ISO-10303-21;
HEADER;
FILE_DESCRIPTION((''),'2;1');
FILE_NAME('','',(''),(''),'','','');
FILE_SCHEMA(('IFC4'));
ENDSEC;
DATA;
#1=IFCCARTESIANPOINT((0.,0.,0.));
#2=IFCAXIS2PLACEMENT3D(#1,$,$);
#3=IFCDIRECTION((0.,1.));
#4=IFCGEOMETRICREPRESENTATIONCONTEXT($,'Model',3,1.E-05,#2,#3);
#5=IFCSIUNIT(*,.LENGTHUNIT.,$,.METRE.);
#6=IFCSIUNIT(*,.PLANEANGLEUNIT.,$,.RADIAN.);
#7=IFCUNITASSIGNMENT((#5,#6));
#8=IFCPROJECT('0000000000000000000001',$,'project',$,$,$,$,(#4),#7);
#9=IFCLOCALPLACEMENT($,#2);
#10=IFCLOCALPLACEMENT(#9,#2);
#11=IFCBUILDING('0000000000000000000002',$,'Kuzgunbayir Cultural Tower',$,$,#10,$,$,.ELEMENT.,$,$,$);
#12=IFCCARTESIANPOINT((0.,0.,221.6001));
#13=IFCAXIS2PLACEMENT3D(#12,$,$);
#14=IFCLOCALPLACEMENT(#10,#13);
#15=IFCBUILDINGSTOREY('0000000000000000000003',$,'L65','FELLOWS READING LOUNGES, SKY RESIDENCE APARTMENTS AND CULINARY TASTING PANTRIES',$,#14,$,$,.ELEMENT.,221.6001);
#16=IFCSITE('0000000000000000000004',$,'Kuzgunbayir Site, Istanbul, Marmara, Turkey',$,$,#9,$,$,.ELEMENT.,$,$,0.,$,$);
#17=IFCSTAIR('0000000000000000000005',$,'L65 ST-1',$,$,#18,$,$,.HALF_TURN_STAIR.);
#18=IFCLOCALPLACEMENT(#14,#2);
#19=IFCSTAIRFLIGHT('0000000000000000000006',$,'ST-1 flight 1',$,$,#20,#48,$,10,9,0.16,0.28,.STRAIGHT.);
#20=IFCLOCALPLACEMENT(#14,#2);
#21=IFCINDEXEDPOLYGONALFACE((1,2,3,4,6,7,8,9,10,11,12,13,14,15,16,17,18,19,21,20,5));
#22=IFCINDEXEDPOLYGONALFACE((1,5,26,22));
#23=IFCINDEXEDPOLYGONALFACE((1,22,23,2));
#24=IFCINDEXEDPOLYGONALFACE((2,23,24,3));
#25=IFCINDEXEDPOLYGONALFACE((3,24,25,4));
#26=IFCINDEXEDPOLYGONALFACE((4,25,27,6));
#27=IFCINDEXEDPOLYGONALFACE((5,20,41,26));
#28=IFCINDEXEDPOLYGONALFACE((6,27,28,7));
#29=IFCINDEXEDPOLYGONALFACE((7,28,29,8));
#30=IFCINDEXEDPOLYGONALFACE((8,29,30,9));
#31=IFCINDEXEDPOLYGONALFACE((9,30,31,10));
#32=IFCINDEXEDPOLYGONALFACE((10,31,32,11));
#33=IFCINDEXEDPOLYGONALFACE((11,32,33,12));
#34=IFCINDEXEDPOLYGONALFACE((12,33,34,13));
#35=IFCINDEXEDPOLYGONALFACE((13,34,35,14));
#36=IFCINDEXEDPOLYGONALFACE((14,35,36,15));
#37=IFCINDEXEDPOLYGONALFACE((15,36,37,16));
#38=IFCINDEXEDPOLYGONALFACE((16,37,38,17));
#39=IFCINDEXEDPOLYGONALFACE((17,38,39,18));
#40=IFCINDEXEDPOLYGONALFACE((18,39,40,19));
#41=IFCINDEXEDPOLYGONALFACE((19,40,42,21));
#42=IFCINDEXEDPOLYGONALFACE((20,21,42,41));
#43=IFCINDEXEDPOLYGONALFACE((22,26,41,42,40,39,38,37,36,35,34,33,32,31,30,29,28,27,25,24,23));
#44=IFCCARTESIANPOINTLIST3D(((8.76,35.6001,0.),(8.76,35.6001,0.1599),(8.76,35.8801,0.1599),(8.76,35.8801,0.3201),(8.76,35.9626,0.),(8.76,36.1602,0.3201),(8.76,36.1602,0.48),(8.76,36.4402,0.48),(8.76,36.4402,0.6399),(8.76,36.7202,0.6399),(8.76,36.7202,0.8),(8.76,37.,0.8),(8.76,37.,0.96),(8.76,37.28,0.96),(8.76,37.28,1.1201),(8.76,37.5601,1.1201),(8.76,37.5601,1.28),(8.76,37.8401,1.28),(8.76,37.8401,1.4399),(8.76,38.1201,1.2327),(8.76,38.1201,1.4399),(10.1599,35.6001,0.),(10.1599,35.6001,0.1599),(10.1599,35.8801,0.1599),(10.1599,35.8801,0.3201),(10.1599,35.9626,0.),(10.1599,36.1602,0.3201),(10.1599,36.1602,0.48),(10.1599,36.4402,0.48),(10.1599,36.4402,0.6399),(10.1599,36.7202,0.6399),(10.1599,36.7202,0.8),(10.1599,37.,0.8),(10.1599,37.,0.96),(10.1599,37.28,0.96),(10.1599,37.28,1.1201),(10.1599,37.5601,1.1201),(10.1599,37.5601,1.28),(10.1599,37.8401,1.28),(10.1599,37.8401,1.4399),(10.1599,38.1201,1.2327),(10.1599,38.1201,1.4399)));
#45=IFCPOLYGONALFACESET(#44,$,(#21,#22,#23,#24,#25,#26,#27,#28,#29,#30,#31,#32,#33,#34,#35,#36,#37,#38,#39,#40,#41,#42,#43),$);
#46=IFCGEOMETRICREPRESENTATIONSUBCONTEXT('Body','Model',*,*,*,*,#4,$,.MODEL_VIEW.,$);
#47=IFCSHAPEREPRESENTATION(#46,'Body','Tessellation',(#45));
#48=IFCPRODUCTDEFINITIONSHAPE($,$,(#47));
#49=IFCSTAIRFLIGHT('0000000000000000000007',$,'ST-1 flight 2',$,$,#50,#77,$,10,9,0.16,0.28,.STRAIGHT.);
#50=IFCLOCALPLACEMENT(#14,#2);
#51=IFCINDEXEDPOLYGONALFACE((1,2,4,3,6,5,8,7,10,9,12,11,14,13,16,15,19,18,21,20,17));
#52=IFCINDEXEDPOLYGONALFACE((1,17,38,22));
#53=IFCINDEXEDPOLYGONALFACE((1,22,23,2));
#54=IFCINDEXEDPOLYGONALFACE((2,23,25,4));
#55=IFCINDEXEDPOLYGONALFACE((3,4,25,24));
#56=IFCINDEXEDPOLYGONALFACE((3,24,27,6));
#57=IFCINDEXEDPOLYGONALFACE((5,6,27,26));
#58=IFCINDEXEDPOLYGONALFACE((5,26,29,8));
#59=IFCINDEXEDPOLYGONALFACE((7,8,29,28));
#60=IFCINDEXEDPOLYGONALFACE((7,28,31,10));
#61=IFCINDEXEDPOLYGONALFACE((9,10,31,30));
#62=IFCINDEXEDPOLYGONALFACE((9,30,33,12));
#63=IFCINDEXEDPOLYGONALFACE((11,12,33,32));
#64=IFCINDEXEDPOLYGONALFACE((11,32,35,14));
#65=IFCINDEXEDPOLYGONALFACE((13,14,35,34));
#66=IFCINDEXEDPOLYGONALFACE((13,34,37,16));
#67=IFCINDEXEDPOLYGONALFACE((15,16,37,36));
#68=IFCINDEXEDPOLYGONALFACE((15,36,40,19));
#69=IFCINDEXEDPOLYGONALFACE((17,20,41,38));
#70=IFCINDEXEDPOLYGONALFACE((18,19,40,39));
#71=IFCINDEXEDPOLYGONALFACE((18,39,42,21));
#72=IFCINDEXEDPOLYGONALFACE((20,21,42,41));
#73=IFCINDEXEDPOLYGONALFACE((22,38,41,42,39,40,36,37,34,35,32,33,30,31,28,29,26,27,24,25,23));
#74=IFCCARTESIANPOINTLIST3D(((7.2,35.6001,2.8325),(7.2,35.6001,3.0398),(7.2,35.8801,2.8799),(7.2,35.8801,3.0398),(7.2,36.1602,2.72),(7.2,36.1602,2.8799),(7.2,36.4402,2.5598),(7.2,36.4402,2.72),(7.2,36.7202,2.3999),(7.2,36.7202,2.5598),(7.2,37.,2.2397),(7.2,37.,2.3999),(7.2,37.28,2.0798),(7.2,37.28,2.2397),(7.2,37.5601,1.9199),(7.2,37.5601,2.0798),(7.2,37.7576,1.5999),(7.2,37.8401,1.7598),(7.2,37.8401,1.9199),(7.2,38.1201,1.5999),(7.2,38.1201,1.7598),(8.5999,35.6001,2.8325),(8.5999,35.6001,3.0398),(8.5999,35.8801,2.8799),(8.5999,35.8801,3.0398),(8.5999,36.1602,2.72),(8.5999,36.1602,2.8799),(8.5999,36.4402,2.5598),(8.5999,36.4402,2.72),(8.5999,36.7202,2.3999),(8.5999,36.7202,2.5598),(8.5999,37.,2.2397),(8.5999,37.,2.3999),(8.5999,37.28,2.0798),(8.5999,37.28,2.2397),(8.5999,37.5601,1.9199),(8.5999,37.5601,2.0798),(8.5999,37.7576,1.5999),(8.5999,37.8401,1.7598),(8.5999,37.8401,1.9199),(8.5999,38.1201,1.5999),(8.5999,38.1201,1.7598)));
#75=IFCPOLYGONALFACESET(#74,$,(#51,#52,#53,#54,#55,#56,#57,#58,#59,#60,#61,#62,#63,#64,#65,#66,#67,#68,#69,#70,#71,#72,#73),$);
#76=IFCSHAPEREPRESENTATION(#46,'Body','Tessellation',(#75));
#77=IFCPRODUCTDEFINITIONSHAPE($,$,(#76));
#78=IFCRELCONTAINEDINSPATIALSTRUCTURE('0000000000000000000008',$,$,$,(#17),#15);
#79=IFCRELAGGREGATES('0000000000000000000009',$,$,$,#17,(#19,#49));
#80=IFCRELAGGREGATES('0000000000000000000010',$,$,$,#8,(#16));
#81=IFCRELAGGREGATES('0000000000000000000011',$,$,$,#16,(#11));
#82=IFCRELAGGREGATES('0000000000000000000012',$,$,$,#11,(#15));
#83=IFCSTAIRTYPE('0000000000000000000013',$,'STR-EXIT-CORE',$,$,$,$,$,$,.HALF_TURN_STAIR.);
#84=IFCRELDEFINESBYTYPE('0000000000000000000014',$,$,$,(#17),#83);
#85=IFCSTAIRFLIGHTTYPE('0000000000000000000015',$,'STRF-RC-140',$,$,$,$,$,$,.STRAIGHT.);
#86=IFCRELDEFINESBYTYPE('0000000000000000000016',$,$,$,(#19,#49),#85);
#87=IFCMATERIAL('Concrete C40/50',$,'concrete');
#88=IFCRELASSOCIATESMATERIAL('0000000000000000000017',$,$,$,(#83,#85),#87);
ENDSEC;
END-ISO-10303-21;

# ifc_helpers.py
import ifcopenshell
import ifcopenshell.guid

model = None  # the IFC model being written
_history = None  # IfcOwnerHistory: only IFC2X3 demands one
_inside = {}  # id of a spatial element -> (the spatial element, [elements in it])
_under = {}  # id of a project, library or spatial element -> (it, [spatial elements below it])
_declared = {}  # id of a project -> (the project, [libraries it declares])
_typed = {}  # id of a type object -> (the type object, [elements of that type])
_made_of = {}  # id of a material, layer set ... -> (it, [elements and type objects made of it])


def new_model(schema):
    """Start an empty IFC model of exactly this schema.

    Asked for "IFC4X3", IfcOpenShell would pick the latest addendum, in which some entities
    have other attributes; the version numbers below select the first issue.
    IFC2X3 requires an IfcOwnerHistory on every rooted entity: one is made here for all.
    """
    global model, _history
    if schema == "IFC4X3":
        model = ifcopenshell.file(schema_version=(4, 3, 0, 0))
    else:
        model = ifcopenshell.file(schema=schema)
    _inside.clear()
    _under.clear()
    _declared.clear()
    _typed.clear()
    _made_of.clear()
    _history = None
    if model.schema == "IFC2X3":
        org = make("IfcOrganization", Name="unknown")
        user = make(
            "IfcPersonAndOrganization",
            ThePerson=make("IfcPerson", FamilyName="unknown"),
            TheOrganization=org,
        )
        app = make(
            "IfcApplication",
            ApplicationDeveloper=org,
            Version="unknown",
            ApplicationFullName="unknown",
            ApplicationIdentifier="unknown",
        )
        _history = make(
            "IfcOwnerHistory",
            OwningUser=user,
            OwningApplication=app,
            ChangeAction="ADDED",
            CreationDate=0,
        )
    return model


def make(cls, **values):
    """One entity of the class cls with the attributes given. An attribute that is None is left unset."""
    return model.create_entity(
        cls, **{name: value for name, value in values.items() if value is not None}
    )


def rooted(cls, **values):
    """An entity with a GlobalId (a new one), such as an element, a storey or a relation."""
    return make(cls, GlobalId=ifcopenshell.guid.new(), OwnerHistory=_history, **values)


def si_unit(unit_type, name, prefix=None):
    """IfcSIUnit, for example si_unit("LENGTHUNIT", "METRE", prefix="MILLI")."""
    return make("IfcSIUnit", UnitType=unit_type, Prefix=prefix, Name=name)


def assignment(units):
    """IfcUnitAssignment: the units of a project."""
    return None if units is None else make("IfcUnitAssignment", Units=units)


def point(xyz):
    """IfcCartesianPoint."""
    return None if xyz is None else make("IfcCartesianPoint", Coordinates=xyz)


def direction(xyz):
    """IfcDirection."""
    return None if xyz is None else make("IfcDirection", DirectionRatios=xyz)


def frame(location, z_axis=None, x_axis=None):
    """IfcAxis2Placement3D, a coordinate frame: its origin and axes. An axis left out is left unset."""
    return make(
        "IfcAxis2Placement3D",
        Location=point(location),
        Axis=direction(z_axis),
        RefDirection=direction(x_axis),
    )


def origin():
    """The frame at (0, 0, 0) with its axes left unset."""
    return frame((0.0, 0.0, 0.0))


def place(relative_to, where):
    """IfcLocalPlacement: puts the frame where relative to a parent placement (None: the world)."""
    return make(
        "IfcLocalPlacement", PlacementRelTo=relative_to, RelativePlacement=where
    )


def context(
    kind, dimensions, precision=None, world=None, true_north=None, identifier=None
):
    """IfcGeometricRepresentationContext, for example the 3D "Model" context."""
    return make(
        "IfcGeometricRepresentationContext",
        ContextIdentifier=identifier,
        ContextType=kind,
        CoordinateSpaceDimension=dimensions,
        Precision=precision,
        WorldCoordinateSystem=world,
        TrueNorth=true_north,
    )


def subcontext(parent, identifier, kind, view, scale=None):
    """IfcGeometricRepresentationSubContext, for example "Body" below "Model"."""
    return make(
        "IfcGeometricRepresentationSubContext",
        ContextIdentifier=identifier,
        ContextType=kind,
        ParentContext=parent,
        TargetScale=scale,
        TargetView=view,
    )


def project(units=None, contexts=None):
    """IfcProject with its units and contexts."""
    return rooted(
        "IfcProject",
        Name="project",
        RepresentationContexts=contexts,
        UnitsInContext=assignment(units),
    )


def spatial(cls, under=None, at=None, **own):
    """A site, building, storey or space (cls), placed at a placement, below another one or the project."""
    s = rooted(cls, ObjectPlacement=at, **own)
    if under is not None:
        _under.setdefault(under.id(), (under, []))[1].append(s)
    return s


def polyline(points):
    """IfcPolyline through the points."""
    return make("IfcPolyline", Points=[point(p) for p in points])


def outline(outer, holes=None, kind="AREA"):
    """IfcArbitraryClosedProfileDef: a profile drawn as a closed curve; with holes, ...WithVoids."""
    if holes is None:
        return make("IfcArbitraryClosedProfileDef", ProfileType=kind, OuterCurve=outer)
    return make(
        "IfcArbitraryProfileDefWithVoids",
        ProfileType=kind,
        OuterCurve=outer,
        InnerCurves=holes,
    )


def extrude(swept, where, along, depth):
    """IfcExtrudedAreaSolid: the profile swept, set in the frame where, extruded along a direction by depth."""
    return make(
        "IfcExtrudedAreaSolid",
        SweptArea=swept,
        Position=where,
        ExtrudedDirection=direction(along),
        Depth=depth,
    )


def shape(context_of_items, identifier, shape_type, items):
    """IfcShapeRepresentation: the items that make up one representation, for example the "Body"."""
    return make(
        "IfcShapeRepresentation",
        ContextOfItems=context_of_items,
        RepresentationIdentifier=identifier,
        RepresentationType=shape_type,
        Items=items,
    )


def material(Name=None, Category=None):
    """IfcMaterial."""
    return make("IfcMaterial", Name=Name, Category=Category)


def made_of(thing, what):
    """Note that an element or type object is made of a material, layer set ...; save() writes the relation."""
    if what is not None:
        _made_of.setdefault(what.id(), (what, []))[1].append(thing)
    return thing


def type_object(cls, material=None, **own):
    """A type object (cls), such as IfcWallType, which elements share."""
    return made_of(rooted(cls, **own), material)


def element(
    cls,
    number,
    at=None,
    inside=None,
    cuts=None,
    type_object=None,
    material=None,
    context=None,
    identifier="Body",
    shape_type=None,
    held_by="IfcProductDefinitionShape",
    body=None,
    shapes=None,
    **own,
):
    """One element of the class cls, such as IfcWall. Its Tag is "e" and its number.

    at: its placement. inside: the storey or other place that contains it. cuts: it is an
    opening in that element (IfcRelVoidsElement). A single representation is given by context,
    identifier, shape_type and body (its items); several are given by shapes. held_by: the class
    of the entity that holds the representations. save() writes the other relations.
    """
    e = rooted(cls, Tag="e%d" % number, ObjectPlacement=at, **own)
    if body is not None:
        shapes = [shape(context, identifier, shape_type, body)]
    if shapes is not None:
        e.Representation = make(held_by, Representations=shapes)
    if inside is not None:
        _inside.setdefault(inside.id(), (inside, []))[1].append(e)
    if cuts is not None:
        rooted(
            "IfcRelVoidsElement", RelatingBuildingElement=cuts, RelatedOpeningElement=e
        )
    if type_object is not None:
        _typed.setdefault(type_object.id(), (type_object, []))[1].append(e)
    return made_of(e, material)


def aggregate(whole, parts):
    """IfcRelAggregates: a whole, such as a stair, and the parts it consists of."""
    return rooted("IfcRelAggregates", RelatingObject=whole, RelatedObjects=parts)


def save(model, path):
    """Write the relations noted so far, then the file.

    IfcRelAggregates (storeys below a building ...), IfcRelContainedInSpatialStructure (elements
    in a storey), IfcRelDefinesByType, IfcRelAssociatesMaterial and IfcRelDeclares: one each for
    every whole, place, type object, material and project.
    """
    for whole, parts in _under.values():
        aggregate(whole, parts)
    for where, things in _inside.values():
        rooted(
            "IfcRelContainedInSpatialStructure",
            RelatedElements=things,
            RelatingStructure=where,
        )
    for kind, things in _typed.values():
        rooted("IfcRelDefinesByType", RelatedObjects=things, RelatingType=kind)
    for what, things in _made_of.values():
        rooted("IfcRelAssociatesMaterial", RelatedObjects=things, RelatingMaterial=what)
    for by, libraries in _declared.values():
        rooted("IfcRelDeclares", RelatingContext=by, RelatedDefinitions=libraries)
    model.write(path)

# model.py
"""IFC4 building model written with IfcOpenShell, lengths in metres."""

from ifc_helpers import new_model, si_unit, direction, frame, origin, place, context, subcontext, project, spatial, polyline, outline, extrude, material, type_object, element, aggregate, save


model = new_model("IFC4")

# Units and contexts
model_context = context("Model", 3, precision=1e-05, world=origin(), true_north=direction((0.0, 1.0)))
body_context = subcontext(model_context, "Body", "Model", "MODEL_VIEW")
ifc_project = project(units=[si_unit("LENGTHUNIT", "METRE"), si_unit("PLANEANGLEUNIT", "RADIAN")], contexts=[model_context])

# Site, building, storey
site_placement = place(None, origin())
site = spatial("IfcSite", under=ifc_project, at=site_placement, Name="Kuzgunbayir Site, Istanbul, Marmara, Turkey", CompositionType="ELEMENT", RefElevation=0.0)
building_placement = place(site_placement, origin())
building = spatial("IfcBuilding", under=site, at=building_placement, Name="Kuzgunbayir Cultural Tower", CompositionType="ELEMENT")
storey_placement = place(building_placement, frame((0.0, 0.0, 221.6001)))
storey = spatial("IfcBuildingStorey", under=building, at=storey_placement, Name="L65", Description="FELLOWS READING LOUNGES, SKY RESIDENCE APARTMENTS AND CULINARY TASTING PANTRIES", CompositionType="ELEMENT", Elevation=221.6001)

# Shared definitions
ifc_material_1 = material(Name="Concrete C40/50", Category="concrete")

# Stair, stair flights
stair_type = type_object("IfcStairType", Name="STR-EXIT-CORE", PredefinedType="HALF_TURN_STAIR", material=ifc_material_1)
stair_placement = place(storey_placement, origin())
stair = element("IfcStair", 1, at=stair_placement, inside=storey, type_object=stair_type, Name="L65 ST-1", PredefinedType="HALF_TURN_STAIR")
stair_flight_type = type_object("IfcStairFlightType", Name="STRF-RC-140", PredefinedType="STRAIGHT", material=ifc_material_1)
stair_flight_1_placement = place(storey_placement, frame((9.46, 35.6001, 0.0), z_axis=(0.0, 0.0, 1.0), x_axis=(0.0, 1.0, 0.0)))
stair_flight_1 = element("IfcStairFlight", 2, at=stair_flight_1_placement, type_object=stair_flight_type, Name="ST-1 flight 1", NumberOfRisers=10, NumberOfTreads=9, PredefinedType="STRAIGHT", RiserHeight=0.16, TreadLength=0.28, context=body_context, shape_type="SweptSolid", body=[
    extrude(outline(polyline([(0.0, 0.0), (0.0, 0.1599), (0.28, 0.1599), (0.28, 0.3201), (0.5601, 0.3201), (0.5601, 0.48), (0.8401, 0.48), (0.8401, 0.6399), (1.1201, 0.6399), (1.1201, 0.8), (1.3999, 0.8), (1.3999, 0.96), (1.6799, 0.96), (1.6799, 1.1201), (1.96, 1.1201), (1.96, 1.28), (2.24, 1.28), (2.24, 1.4399), (2.52, 1.4399), (2.52, 1.6001), (2.52, 1.2327), (0.3625, 0.0), (0.0, 0.0)])), frame((0.0, 0.7, 0.0), z_axis=(0.0, -1.0, 0.0), x_axis=(1.0, 0.0, 0.0)), (0.0, 0.0, 1.0), 1.3999),
])
stair_flight_2_placement = place(storey_placement, frame((7.8999, 38.1201, 1.5999), z_axis=(0.0, 0.0, 1.0), x_axis=(0.0, -1.0, 0.0)))
stair_flight_2 = element("IfcStairFlight", 3, at=stair_flight_2_placement, type_object=stair_flight_type, Name="ST-1 flight 2", NumberOfRisers=10, NumberOfTreads=9, PredefinedType="STRAIGHT", RiserHeight=0.16, TreadLength=0.28, context=body_context, shape_type="SweptSolid", body=[
    extrude(outline(polyline([(0.0, 0.0), (0.0, 0.1599), (0.28, 0.1599), (0.28, 0.3201), (0.5601, 0.3201), (0.5601, 0.48), (0.8401, 0.48), (0.8401, 0.6399), (1.1201, 0.6399), (1.1201, 0.8), (1.3999, 0.8), (1.3999, 0.96), (1.6799, 0.96), (1.6799, 1.1201), (1.96, 1.1201), (1.96, 1.28), (2.24, 1.28), (2.24, 1.4399), (2.52, 1.4399), (2.52, 1.6001), (2.52, 1.2327), (0.3625, 0.0), (0.0, 0.0)])), frame((0.0, 0.7, 0.0), z_axis=(0.0, -1.0, 0.0), x_axis=(1.0, 0.0, 0.0)), (0.0, 0.0, 1.0), 1.3999),
])
aggregate(stair, [stair_flight_1, stair_flight_2])

save(model, "model.ifc")
